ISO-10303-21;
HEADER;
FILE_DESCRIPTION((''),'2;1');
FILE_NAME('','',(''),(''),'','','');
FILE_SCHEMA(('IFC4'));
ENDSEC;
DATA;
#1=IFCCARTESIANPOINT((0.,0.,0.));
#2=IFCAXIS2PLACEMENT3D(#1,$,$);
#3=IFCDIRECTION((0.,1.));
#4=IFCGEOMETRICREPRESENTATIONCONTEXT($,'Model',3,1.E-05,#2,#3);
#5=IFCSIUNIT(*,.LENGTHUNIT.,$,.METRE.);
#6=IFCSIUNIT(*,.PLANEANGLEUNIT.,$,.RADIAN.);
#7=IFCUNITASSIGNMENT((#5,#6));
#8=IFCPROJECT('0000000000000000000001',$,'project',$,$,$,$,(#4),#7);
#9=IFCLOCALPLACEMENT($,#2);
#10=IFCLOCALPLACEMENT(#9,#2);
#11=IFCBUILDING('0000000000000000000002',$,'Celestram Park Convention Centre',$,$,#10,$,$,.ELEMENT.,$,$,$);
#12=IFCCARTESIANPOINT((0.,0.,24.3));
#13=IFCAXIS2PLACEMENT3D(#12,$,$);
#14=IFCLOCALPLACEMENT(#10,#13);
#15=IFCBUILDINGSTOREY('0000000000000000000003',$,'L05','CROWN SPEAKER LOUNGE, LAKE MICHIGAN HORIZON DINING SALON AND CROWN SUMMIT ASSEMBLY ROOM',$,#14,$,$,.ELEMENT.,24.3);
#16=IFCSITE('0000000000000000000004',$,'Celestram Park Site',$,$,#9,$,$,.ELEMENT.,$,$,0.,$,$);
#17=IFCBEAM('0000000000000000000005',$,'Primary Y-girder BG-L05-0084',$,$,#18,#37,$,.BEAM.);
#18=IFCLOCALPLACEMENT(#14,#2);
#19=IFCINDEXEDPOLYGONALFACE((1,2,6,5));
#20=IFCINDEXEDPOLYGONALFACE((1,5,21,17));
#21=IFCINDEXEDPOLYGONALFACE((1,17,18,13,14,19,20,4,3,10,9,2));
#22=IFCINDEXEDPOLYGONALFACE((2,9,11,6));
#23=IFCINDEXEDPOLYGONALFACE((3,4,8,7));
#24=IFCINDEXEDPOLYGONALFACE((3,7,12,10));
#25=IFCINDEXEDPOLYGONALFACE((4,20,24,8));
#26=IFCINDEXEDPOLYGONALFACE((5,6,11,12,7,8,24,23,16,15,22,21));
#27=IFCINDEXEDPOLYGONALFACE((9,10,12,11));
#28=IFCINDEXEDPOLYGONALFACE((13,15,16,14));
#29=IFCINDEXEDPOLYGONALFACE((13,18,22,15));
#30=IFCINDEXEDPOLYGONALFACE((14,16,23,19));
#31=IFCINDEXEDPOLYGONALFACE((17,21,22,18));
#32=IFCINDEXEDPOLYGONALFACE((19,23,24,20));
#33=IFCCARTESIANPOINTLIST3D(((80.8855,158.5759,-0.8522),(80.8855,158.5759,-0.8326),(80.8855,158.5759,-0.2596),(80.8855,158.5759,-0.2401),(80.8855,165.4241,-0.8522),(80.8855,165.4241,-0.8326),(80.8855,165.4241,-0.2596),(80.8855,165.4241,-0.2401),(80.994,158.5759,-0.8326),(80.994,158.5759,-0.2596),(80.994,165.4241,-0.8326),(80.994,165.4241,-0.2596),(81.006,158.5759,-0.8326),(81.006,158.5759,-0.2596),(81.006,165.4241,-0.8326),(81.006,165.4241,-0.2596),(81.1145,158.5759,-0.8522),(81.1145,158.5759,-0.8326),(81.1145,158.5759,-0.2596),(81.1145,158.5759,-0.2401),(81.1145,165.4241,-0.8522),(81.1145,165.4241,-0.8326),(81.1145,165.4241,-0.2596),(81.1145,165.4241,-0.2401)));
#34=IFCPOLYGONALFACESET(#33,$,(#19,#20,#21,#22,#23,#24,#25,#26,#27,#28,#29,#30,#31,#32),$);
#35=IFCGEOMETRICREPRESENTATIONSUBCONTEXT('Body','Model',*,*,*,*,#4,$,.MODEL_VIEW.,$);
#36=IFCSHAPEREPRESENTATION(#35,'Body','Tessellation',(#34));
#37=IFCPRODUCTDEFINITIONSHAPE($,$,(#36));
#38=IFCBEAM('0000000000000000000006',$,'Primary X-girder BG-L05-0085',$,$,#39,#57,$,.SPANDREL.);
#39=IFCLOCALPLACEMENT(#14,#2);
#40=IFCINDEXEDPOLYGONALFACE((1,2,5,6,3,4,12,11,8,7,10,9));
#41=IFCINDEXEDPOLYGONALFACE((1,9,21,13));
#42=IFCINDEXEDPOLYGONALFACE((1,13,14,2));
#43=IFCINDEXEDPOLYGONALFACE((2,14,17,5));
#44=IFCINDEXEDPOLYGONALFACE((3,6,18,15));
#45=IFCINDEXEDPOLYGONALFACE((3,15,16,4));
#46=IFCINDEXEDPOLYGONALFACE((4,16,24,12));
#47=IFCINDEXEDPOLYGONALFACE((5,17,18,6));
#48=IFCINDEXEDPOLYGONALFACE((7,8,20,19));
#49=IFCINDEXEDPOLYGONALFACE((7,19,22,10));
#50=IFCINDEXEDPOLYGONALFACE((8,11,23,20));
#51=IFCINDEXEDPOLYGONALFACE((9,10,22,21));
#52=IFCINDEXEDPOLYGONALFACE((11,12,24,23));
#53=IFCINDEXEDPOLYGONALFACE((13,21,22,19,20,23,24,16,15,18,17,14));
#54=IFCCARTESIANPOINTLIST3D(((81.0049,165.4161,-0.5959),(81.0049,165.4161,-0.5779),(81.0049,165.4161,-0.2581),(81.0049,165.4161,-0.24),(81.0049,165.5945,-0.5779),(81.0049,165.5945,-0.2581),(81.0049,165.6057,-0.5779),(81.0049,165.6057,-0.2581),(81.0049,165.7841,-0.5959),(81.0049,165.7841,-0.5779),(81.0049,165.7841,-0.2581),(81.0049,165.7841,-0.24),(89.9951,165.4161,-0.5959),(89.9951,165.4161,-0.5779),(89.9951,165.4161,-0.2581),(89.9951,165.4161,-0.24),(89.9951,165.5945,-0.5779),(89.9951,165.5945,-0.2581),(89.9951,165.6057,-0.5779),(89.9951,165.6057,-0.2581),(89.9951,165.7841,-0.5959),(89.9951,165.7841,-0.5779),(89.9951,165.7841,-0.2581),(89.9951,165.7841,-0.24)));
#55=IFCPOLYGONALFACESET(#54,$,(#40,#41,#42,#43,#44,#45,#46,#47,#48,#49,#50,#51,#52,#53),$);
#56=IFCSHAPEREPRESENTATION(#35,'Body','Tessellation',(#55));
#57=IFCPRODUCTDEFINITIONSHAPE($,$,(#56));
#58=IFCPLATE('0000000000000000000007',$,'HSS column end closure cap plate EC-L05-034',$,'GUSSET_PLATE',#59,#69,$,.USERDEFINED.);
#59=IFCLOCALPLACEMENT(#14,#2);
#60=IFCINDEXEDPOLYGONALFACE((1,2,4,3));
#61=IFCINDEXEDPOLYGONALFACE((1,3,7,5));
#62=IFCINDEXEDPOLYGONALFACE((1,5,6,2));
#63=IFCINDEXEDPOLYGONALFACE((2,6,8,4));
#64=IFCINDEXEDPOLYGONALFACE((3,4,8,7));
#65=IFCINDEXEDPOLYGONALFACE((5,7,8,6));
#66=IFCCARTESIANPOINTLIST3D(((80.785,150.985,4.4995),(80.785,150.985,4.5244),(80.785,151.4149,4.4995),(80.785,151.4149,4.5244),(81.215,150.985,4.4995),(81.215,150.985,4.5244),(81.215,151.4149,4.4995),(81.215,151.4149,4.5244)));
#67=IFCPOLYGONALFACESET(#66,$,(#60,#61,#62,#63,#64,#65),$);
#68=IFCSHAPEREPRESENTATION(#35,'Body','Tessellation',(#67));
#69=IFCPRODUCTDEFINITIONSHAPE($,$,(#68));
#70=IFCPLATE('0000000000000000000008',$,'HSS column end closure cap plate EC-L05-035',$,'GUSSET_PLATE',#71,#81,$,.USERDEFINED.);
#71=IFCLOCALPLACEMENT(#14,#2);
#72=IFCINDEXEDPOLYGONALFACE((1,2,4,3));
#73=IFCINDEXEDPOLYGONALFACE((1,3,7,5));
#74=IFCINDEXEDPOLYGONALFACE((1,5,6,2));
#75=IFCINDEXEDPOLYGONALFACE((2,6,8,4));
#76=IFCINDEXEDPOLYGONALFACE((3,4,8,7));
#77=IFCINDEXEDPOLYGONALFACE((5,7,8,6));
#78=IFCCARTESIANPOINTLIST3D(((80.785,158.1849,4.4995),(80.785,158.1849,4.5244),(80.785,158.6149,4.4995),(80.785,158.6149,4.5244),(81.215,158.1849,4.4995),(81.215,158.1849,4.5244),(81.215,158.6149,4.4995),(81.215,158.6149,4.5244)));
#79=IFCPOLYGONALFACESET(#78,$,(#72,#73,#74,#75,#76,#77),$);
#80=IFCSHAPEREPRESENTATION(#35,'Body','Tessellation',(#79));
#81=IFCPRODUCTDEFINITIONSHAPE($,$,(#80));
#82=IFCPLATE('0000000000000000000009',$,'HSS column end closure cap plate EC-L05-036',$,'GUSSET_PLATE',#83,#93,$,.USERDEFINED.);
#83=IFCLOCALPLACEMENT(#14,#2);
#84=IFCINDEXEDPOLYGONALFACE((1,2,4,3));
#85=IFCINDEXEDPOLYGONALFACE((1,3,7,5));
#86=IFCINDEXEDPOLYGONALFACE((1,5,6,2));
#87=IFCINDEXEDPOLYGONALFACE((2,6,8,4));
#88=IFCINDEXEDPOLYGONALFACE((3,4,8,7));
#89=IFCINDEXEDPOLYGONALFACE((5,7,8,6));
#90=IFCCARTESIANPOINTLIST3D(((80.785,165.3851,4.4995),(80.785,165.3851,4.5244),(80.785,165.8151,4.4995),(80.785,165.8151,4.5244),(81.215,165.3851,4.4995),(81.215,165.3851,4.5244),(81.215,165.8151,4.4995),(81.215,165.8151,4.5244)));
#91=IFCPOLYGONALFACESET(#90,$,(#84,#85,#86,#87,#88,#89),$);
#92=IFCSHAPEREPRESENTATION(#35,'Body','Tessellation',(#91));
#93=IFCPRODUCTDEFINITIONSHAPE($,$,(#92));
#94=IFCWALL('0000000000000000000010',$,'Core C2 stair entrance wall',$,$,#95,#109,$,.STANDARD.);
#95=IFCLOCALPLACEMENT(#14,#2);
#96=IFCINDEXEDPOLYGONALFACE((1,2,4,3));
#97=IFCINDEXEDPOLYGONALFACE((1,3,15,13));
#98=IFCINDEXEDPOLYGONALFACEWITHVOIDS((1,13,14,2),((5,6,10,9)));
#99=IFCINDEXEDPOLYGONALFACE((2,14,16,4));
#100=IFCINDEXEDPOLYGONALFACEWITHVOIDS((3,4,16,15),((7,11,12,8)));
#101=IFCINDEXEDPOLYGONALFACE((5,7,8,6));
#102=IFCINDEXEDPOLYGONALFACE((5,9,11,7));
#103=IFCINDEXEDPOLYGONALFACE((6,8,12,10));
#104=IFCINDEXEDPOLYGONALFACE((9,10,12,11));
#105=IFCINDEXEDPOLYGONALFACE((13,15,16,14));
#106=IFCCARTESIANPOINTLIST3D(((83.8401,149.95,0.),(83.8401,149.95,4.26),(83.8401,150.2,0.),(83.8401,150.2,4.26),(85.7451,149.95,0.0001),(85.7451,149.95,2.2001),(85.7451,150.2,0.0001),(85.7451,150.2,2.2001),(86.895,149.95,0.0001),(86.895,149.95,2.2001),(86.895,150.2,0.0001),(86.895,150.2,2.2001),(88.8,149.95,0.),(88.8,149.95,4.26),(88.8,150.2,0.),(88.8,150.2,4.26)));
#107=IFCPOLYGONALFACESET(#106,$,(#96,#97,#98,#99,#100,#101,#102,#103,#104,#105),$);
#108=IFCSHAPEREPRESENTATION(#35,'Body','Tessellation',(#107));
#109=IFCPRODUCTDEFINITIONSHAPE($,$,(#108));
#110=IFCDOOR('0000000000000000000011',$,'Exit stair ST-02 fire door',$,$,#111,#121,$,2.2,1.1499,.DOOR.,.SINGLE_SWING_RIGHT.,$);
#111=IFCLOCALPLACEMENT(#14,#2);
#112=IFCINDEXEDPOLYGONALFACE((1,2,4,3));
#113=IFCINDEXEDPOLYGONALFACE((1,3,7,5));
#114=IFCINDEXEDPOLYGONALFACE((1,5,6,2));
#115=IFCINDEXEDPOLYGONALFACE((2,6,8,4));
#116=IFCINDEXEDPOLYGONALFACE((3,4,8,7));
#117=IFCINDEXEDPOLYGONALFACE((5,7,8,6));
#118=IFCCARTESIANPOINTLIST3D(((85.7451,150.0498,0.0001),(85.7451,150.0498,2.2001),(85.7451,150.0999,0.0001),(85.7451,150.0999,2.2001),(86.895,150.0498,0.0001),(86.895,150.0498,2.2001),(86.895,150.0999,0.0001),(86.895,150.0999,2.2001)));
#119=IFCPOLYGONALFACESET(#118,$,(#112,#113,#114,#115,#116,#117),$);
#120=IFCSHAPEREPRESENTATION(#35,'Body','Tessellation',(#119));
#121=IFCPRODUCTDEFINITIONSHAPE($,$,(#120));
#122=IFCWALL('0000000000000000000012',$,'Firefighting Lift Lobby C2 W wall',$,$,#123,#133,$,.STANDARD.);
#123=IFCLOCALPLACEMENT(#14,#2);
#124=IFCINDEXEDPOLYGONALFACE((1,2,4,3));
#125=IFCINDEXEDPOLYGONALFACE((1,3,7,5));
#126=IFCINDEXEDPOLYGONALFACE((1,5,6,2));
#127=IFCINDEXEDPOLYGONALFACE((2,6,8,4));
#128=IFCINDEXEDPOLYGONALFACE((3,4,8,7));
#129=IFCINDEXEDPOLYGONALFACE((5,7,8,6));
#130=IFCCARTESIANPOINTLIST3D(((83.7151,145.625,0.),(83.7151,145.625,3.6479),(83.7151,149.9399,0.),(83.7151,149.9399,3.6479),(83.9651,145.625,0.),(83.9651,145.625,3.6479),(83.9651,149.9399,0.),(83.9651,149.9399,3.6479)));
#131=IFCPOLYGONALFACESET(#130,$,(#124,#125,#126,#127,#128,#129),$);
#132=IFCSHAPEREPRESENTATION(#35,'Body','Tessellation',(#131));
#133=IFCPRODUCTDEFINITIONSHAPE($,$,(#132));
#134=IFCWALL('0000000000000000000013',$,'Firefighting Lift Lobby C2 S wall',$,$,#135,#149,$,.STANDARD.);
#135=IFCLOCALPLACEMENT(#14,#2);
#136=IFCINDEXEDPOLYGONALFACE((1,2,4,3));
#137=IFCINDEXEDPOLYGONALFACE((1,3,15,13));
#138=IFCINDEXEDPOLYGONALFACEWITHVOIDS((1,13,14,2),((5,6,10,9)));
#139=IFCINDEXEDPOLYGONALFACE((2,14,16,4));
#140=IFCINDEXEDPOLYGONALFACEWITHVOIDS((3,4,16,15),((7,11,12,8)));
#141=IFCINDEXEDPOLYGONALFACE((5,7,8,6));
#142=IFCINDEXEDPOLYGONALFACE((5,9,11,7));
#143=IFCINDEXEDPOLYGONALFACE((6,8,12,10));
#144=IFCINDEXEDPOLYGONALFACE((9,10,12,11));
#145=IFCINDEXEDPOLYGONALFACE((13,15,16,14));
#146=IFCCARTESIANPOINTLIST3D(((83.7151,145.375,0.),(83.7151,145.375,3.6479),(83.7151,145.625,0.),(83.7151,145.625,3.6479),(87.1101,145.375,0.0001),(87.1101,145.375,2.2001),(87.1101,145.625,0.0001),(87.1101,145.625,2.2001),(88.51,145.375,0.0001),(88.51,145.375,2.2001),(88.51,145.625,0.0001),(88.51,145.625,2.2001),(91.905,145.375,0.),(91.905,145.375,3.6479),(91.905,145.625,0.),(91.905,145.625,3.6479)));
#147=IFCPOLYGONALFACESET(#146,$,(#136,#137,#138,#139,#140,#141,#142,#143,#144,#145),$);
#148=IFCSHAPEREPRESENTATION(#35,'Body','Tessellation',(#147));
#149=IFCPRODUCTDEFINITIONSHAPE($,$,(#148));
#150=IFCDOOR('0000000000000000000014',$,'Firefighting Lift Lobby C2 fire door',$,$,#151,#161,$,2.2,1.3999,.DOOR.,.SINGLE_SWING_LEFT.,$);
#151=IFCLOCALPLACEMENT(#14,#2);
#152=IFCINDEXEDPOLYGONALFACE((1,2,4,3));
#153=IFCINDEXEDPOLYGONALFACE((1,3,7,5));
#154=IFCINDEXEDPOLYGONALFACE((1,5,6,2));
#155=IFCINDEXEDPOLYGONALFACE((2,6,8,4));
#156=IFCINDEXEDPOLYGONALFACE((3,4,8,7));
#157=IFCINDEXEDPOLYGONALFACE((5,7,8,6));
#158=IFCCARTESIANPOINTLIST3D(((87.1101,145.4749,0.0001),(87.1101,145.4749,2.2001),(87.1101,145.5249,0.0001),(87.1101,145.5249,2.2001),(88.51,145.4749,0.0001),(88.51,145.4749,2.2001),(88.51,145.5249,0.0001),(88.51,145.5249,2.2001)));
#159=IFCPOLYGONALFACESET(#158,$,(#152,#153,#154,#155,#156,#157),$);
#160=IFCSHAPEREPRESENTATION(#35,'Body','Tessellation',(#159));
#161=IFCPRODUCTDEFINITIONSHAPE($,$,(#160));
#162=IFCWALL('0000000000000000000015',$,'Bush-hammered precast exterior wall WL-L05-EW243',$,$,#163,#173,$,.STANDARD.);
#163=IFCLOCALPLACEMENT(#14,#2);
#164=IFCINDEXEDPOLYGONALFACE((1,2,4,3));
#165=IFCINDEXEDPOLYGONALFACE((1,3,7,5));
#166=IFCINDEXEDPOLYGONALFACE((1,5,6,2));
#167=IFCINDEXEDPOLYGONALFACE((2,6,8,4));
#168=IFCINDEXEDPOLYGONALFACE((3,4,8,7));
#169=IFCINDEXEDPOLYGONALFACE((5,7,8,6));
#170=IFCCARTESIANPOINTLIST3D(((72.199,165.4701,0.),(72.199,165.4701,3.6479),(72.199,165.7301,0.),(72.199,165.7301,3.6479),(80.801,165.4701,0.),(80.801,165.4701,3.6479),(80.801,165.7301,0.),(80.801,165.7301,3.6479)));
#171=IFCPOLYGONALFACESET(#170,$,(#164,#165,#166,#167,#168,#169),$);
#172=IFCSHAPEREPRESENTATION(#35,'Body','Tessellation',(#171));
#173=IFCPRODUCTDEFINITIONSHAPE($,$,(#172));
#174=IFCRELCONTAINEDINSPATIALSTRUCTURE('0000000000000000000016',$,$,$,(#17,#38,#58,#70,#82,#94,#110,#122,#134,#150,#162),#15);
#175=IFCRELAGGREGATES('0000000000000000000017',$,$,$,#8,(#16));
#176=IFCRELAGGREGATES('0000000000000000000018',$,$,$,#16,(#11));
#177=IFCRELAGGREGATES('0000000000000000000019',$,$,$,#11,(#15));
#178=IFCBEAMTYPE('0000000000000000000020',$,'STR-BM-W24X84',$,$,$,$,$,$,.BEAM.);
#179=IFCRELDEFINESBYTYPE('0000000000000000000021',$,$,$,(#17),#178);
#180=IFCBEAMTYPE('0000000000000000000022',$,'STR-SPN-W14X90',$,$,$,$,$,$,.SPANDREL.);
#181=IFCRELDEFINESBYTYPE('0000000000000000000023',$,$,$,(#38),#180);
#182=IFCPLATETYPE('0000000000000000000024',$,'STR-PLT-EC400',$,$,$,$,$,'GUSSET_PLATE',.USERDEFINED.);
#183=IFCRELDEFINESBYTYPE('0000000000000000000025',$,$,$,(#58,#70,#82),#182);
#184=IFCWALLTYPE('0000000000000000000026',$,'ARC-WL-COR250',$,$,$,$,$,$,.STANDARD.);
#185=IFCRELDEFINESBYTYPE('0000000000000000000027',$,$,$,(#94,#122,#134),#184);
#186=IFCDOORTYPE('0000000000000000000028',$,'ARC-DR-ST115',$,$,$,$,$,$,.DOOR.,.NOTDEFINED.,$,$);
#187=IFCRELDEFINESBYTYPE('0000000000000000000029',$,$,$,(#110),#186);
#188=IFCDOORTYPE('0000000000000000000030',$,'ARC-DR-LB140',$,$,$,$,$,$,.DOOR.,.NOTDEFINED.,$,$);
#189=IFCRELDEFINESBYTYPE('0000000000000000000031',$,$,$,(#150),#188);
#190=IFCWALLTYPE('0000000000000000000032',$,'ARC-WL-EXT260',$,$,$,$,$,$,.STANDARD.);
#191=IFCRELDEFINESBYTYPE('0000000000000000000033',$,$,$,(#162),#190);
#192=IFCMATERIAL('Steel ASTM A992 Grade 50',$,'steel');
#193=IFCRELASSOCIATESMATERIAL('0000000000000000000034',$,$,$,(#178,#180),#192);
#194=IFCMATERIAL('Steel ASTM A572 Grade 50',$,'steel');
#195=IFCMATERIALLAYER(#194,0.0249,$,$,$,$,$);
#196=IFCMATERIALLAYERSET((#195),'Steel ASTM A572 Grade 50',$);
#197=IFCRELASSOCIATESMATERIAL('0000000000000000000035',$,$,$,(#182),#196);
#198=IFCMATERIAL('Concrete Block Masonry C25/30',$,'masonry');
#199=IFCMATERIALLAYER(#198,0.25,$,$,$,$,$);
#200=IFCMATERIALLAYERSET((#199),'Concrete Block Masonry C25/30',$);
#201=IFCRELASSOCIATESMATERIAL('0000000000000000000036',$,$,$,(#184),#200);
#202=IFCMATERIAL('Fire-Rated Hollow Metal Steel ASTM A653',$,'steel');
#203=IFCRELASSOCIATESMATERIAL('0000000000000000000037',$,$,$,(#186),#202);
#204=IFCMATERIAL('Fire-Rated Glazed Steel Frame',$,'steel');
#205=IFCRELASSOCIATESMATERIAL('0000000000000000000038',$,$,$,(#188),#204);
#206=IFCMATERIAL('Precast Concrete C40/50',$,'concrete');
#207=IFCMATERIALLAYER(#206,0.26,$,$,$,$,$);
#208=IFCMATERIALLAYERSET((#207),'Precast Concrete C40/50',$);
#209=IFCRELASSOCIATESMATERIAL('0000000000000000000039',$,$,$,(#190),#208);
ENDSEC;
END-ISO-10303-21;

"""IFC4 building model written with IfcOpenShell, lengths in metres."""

from ifc_helpers import new_model, si_unit, direction, frame, frame_2d, origin, origin_2d, place, context, subcontext, project, spatial, rectangle, i_section, extrude, material, layer, layer_set, material_profile, profile_set, type_object, element, fill, save


model = new_model("IFC4")

# Units and contexts
model_context = context("Model", 3, precision=1e-05, world=origin(), true_north=direction((0.0, 1.0)))
body_context = subcontext(model_context, "Body", "Model", "MODEL_VIEW")
ifc_project = project(units=[si_unit("LENGTHUNIT", "METRE"), si_unit("PLANEANGLEUNIT", "RADIAN")], contexts=[model_context])

# Site, building, storey
site_placement = place(None, origin())
site = spatial("IfcSite", under=ifc_project, at=site_placement, Name="Celestram Park Site", CompositionType="ELEMENT", RefElevation=0.0)
building_placement = place(site_placement, origin())
building = spatial("IfcBuilding", under=site, at=building_placement, Name="Celestram Park Convention Centre", CompositionType="ELEMENT")
storey_placement = place(building_placement, frame((0.0, 0.0, 24.3)))
storey = spatial("IfcBuildingStorey", under=building, at=storey_placement, Name="L05", Description="CROWN SPEAKER LOUNGE, LAKE MICHIGAN HORIZON DINING SALON AND CROWN SUMMIT ASSEMBLY ROOM", CompositionType="ELEMENT", Elevation=24.3)

# Beams
ifc_material_1 = material(Name="Steel ASTM A992 Grade 50", Category="steel")
ifc_material_profile_1 = material_profile(ifc_material_1, i_section(OverallWidth=0.229, OverallDepth=0.6121, WebThickness=0.012, FlangeThickness=0.0195, at=origin_2d()), Name="W24X84")
ifc_profile_set_1 = profile_set([ifc_material_profile_1], Name="Steel ASTM A992 Grade 50")
beam_type_1 = type_object("IfcBeamType", Name="STR-BM-W24X84", PredefinedType="BEAM", material=ifc_profile_set_1)
for number, where, z_axis, x_axis, name in (
    (1, (81.0, 158.5759, -0.5461), (0.0, 1.0, 0.0), (-1.0, 0.0, 0.0), "Primary Y-girder BG-L05-0084"),
):
    element("IfcBeam", number, at=place(storey_placement, frame(where, z_axis=z_axis, x_axis=x_axis)), inside=storey, type_object=beam_type_1, Name=name, PredefinedType="BEAM", context=body_context, shape_type="SweptSolid", body=[
        extrude(i_section(OverallWidth=0.229, OverallDepth=0.6121, WebThickness=0.012, FlangeThickness=0.0195, at=origin_2d()), origin(), (0.0, 0.0, 1.0), 6.8481),
    ])
ifc_material_profile_2 = material_profile(ifc_material_1, i_section(OverallWidth=0.3679, OverallDepth=0.356, WebThickness=0.0112, FlangeThickness=0.0181, at=origin_2d()), Name="W14X90")
ifc_profile_set_2 = profile_set([ifc_material_profile_2], Name="Steel ASTM A992 Grade 50")
beam_type_2 = type_object("IfcBeamType", Name="STR-SPN-W14X90", PredefinedType="SPANDREL", material=ifc_profile_set_2)
beam_placement = place(storey_placement, frame((81.0049, 165.6001, -0.418), z_axis=(1.0, 0.0, 0.0), x_axis=(0.0, 1.0, 0.0)))
element("IfcBeam", 2, at=beam_placement, inside=storey, type_object=beam_type_2, Name="Primary X-girder BG-L05-0085", PredefinedType="SPANDREL", context=body_context, shape_type="SweptSolid", body=[
    extrude(i_section(OverallWidth=0.3679, OverallDepth=0.356, WebThickness=0.0112, FlangeThickness=0.0181, at=origin_2d()), origin(), (0.0, 0.0, 1.0), 8.9902),
])

# Plates
ifc_material_2 = material(Name="Steel ASTM A572 Grade 50", Category="steel")
ifc_layer_1 = layer(ifc_material_2, 0.0249)
ifc_layer_set_1 = layer_set([ifc_layer_1], Name="Steel ASTM A572 Grade 50")
plate_type = type_object("IfcPlateType", Name="STR-PLT-EC400", ElementType="GUSSET_PLATE", PredefinedType="USERDEFINED", material=ifc_layer_set_1)
for number, where, z_axis, x_axis, name in (
    (3, (81.0, 151.2, 4.4995), (0.0, 0.0, 1.0), (1.0, 0.0, 0.0), "HSS column end closure cap plate EC-L05-034"),
    (4, (81.0, 158.3999, 4.4995), (0.0, 0.0, 1.0), (1.0, 0.0, 0.0), "HSS column end closure cap plate EC-L05-035"),
    (5, (81.0, 165.6001, 4.4995), (0.0, 0.0, 1.0), (1.0, 0.0, 0.0), "HSS column end closure cap plate EC-L05-036"),
):
    element("IfcPlate", number, at=place(storey_placement, frame(where, z_axis=z_axis, x_axis=x_axis)), inside=storey, type_object=plate_type, Name=name, ObjectType="GUSSET_PLATE", PredefinedType="USERDEFINED", context=body_context, shape_type="SweptSolid", body=[
        extrude(rectangle(XDim=0.4299, YDim=0.4299, at=origin_2d()), origin(), (0.0, 0.0, 1.0), 0.0249),
    ])

# Wall, opening, door
ifc_material_3 = material(Name="Concrete Block Masonry C25/30", Category="masonry")
ifc_layer_2 = layer(ifc_material_3, 0.25)
ifc_layer_set_2 = layer_set([ifc_layer_2], Name="Concrete Block Masonry C25/30")
wall_type_1 = type_object("IfcWallType", Name="ARC-WL-COR250", PredefinedType="STANDARD", material=ifc_layer_set_2)
wall_1_placement = place(storey_placement, frame((83.8401, 150.075, 0.0), z_axis=(0.0, 0.0, 1.0), x_axis=(1.0, 0.0, 0.0)))
wall_1 = element("IfcWall", 6, at=wall_1_placement, inside=storey, type_object=wall_type_1, Name="Core C2 stair entrance wall", PredefinedType="STANDARD", context=body_context, shape_type="SweptSolid", body=[
    extrude(rectangle(XDim=4.96, YDim=0.25, at=frame_2d((2.48, 0.0))), origin(), (0.0, 0.0, 1.0), 4.26),
])
opening_1_placement = place(wall_1_placement, frame((1.905, 0.0, 0.0)))
opening_1 = element("IfcOpeningElement", 7, at=opening_1_placement, cuts=wall_1, PredefinedType="OPENING", context=body_context, shape_type="SweptSolid", body=[
    extrude(rectangle(XDim=1.1499, YDim=2.2, at=frame_2d((0.575, 1.1001))), frame((0.0, 0.135, 0.0), z_axis=(0.0, -1.0, 0.0), x_axis=(1.0, 0.0, 0.0)), (0.0, 0.0, 1.0), 0.27),
])
ifc_material_4 = material(Name="Fire-Rated Hollow Metal Steel ASTM A653", Category="steel")
door_type_1 = type_object("IfcDoorType", Name="ARC-DR-ST115", OperationType="NOTDEFINED", PredefinedType="DOOR", material=ifc_material_4)
door_1_placement = place(opening_1_placement, origin())
door_1 = element("IfcDoor", 8, at=door_1_placement, inside=storey, type_object=door_type_1, Name="Exit stair ST-02 fire door", OperationType="SINGLE_SWING_RIGHT", OverallHeight=2.2, OverallWidth=1.1499, PredefinedType="DOOR", context=body_context, shape_type="SweptSolid", body=[
    extrude(rectangle(XDim=1.1499, YDim=2.2, at=frame_2d((0.575, 1.1001))), frame((0.0, 0.0249, 0.0), z_axis=(0.0, -1.0, 0.0), x_axis=(1.0, 0.0, 0.0)), (0.0, 0.0, 1.0), 0.05),
])
fill(opening_1, door_1)

# Wall
wall_2_placement = place(storey_placement, frame((83.8401, 149.9399, 0.0), z_axis=(0.0, 0.0, 1.0), x_axis=(0.0, -1.0, 0.0)))
element("IfcWall", 9, at=wall_2_placement, inside=storey, type_object=wall_type_1, Name="Firefighting Lift Lobby C2 W wall", PredefinedType="STANDARD", context=body_context, shape_type="SweptSolid", body=[
    extrude(rectangle(XDim=4.3149, YDim=0.25, at=frame_2d((2.1575, 0.0))), origin(), (0.0, 0.0, 1.0), 3.6479),
])

# Wall, opening, door
wall_3_placement = place(storey_placement, frame((83.7151, 145.5, 0.0), z_axis=(0.0, 0.0, 1.0), x_axis=(1.0, 0.0, 0.0)))
wall_3 = element("IfcWall", 10, at=wall_3_placement, inside=storey, type_object=wall_type_1, Name="Firefighting Lift Lobby C2 S wall", PredefinedType="STANDARD", context=body_context, shape_type="SweptSolid", body=[
    extrude(rectangle(XDim=8.1899, YDim=0.25, at=frame_2d((4.095, 0.0))), origin(), (0.0, 0.0, 1.0), 3.6479),
])
opening_2_placement = place(wall_3_placement, frame((3.395, 0.0, 0.0)))
opening_2 = element("IfcOpeningElement", 11, at=opening_2_placement, cuts=wall_3, PredefinedType="OPENING", context=body_context, shape_type="SweptSolid", body=[
    extrude(rectangle(XDim=1.3999, YDim=2.2, at=frame_2d((0.7, 1.1001))), frame((0.0, 0.135, 0.0), z_axis=(0.0, -1.0, 0.0), x_axis=(1.0, 0.0, 0.0)), (0.0, 0.0, 1.0), 0.27),
])
ifc_material_5 = material(Name="Fire-Rated Glazed Steel Frame", Category="steel")
door_type_2 = type_object("IfcDoorType", Name="ARC-DR-LB140", OperationType="NOTDEFINED", PredefinedType="DOOR", material=ifc_material_5)
door_2_placement = place(opening_2_placement, origin())
door_2 = element("IfcDoor", 12, at=door_2_placement, inside=storey, type_object=door_type_2, Name="Firefighting Lift Lobby C2 fire door", OperationType="SINGLE_SWING_LEFT", OverallHeight=2.2, OverallWidth=1.3999, PredefinedType="DOOR", context=body_context, shape_type="SweptSolid", body=[
    extrude(rectangle(XDim=1.3999, YDim=2.2, at=frame_2d((0.7, 1.1001))), frame((0.0, 0.0249, 0.0), z_axis=(0.0, -1.0, 0.0), x_axis=(1.0, 0.0, 0.0)), (0.0, 0.0, 1.0), 0.05),
])
fill(opening_2, door_2)

# Wall
ifc_material_6 = material(Name="Precast Concrete C40/50", Category="concrete")
ifc_layer_3 = layer(ifc_material_6, 0.26)
ifc_layer_set_3 = layer_set([ifc_layer_3], Name="Precast Concrete C40/50")
wall_type_2 = type_object("IfcWallType", Name="ARC-WL-EXT260", PredefinedType="STANDARD", material=ifc_layer_set_3)
for number, where, z_axis, x_axis, name in (
    (13, (72.199, 165.6001, 0.0), (0.0, 0.0, 1.0), (1.0, 0.0, 0.0), "Bush-hammered precast exterior wall WL-L05-EW243"),
):
    element("IfcWall", number, at=place(storey_placement, frame(where, z_axis=z_axis, x_axis=x_axis)), inside=storey, type_object=wall_type_2, Name=name, PredefinedType="STANDARD", context=body_context, shape_type="SweptSolid", body=[
        extrude(rectangle(XDim=8.6021, YDim=0.26, at=frame_2d((4.301, 0.0))), origin(), (0.0, 0.0, 1.0), 3.6479),
    ])

save(model, "model.ifc")
